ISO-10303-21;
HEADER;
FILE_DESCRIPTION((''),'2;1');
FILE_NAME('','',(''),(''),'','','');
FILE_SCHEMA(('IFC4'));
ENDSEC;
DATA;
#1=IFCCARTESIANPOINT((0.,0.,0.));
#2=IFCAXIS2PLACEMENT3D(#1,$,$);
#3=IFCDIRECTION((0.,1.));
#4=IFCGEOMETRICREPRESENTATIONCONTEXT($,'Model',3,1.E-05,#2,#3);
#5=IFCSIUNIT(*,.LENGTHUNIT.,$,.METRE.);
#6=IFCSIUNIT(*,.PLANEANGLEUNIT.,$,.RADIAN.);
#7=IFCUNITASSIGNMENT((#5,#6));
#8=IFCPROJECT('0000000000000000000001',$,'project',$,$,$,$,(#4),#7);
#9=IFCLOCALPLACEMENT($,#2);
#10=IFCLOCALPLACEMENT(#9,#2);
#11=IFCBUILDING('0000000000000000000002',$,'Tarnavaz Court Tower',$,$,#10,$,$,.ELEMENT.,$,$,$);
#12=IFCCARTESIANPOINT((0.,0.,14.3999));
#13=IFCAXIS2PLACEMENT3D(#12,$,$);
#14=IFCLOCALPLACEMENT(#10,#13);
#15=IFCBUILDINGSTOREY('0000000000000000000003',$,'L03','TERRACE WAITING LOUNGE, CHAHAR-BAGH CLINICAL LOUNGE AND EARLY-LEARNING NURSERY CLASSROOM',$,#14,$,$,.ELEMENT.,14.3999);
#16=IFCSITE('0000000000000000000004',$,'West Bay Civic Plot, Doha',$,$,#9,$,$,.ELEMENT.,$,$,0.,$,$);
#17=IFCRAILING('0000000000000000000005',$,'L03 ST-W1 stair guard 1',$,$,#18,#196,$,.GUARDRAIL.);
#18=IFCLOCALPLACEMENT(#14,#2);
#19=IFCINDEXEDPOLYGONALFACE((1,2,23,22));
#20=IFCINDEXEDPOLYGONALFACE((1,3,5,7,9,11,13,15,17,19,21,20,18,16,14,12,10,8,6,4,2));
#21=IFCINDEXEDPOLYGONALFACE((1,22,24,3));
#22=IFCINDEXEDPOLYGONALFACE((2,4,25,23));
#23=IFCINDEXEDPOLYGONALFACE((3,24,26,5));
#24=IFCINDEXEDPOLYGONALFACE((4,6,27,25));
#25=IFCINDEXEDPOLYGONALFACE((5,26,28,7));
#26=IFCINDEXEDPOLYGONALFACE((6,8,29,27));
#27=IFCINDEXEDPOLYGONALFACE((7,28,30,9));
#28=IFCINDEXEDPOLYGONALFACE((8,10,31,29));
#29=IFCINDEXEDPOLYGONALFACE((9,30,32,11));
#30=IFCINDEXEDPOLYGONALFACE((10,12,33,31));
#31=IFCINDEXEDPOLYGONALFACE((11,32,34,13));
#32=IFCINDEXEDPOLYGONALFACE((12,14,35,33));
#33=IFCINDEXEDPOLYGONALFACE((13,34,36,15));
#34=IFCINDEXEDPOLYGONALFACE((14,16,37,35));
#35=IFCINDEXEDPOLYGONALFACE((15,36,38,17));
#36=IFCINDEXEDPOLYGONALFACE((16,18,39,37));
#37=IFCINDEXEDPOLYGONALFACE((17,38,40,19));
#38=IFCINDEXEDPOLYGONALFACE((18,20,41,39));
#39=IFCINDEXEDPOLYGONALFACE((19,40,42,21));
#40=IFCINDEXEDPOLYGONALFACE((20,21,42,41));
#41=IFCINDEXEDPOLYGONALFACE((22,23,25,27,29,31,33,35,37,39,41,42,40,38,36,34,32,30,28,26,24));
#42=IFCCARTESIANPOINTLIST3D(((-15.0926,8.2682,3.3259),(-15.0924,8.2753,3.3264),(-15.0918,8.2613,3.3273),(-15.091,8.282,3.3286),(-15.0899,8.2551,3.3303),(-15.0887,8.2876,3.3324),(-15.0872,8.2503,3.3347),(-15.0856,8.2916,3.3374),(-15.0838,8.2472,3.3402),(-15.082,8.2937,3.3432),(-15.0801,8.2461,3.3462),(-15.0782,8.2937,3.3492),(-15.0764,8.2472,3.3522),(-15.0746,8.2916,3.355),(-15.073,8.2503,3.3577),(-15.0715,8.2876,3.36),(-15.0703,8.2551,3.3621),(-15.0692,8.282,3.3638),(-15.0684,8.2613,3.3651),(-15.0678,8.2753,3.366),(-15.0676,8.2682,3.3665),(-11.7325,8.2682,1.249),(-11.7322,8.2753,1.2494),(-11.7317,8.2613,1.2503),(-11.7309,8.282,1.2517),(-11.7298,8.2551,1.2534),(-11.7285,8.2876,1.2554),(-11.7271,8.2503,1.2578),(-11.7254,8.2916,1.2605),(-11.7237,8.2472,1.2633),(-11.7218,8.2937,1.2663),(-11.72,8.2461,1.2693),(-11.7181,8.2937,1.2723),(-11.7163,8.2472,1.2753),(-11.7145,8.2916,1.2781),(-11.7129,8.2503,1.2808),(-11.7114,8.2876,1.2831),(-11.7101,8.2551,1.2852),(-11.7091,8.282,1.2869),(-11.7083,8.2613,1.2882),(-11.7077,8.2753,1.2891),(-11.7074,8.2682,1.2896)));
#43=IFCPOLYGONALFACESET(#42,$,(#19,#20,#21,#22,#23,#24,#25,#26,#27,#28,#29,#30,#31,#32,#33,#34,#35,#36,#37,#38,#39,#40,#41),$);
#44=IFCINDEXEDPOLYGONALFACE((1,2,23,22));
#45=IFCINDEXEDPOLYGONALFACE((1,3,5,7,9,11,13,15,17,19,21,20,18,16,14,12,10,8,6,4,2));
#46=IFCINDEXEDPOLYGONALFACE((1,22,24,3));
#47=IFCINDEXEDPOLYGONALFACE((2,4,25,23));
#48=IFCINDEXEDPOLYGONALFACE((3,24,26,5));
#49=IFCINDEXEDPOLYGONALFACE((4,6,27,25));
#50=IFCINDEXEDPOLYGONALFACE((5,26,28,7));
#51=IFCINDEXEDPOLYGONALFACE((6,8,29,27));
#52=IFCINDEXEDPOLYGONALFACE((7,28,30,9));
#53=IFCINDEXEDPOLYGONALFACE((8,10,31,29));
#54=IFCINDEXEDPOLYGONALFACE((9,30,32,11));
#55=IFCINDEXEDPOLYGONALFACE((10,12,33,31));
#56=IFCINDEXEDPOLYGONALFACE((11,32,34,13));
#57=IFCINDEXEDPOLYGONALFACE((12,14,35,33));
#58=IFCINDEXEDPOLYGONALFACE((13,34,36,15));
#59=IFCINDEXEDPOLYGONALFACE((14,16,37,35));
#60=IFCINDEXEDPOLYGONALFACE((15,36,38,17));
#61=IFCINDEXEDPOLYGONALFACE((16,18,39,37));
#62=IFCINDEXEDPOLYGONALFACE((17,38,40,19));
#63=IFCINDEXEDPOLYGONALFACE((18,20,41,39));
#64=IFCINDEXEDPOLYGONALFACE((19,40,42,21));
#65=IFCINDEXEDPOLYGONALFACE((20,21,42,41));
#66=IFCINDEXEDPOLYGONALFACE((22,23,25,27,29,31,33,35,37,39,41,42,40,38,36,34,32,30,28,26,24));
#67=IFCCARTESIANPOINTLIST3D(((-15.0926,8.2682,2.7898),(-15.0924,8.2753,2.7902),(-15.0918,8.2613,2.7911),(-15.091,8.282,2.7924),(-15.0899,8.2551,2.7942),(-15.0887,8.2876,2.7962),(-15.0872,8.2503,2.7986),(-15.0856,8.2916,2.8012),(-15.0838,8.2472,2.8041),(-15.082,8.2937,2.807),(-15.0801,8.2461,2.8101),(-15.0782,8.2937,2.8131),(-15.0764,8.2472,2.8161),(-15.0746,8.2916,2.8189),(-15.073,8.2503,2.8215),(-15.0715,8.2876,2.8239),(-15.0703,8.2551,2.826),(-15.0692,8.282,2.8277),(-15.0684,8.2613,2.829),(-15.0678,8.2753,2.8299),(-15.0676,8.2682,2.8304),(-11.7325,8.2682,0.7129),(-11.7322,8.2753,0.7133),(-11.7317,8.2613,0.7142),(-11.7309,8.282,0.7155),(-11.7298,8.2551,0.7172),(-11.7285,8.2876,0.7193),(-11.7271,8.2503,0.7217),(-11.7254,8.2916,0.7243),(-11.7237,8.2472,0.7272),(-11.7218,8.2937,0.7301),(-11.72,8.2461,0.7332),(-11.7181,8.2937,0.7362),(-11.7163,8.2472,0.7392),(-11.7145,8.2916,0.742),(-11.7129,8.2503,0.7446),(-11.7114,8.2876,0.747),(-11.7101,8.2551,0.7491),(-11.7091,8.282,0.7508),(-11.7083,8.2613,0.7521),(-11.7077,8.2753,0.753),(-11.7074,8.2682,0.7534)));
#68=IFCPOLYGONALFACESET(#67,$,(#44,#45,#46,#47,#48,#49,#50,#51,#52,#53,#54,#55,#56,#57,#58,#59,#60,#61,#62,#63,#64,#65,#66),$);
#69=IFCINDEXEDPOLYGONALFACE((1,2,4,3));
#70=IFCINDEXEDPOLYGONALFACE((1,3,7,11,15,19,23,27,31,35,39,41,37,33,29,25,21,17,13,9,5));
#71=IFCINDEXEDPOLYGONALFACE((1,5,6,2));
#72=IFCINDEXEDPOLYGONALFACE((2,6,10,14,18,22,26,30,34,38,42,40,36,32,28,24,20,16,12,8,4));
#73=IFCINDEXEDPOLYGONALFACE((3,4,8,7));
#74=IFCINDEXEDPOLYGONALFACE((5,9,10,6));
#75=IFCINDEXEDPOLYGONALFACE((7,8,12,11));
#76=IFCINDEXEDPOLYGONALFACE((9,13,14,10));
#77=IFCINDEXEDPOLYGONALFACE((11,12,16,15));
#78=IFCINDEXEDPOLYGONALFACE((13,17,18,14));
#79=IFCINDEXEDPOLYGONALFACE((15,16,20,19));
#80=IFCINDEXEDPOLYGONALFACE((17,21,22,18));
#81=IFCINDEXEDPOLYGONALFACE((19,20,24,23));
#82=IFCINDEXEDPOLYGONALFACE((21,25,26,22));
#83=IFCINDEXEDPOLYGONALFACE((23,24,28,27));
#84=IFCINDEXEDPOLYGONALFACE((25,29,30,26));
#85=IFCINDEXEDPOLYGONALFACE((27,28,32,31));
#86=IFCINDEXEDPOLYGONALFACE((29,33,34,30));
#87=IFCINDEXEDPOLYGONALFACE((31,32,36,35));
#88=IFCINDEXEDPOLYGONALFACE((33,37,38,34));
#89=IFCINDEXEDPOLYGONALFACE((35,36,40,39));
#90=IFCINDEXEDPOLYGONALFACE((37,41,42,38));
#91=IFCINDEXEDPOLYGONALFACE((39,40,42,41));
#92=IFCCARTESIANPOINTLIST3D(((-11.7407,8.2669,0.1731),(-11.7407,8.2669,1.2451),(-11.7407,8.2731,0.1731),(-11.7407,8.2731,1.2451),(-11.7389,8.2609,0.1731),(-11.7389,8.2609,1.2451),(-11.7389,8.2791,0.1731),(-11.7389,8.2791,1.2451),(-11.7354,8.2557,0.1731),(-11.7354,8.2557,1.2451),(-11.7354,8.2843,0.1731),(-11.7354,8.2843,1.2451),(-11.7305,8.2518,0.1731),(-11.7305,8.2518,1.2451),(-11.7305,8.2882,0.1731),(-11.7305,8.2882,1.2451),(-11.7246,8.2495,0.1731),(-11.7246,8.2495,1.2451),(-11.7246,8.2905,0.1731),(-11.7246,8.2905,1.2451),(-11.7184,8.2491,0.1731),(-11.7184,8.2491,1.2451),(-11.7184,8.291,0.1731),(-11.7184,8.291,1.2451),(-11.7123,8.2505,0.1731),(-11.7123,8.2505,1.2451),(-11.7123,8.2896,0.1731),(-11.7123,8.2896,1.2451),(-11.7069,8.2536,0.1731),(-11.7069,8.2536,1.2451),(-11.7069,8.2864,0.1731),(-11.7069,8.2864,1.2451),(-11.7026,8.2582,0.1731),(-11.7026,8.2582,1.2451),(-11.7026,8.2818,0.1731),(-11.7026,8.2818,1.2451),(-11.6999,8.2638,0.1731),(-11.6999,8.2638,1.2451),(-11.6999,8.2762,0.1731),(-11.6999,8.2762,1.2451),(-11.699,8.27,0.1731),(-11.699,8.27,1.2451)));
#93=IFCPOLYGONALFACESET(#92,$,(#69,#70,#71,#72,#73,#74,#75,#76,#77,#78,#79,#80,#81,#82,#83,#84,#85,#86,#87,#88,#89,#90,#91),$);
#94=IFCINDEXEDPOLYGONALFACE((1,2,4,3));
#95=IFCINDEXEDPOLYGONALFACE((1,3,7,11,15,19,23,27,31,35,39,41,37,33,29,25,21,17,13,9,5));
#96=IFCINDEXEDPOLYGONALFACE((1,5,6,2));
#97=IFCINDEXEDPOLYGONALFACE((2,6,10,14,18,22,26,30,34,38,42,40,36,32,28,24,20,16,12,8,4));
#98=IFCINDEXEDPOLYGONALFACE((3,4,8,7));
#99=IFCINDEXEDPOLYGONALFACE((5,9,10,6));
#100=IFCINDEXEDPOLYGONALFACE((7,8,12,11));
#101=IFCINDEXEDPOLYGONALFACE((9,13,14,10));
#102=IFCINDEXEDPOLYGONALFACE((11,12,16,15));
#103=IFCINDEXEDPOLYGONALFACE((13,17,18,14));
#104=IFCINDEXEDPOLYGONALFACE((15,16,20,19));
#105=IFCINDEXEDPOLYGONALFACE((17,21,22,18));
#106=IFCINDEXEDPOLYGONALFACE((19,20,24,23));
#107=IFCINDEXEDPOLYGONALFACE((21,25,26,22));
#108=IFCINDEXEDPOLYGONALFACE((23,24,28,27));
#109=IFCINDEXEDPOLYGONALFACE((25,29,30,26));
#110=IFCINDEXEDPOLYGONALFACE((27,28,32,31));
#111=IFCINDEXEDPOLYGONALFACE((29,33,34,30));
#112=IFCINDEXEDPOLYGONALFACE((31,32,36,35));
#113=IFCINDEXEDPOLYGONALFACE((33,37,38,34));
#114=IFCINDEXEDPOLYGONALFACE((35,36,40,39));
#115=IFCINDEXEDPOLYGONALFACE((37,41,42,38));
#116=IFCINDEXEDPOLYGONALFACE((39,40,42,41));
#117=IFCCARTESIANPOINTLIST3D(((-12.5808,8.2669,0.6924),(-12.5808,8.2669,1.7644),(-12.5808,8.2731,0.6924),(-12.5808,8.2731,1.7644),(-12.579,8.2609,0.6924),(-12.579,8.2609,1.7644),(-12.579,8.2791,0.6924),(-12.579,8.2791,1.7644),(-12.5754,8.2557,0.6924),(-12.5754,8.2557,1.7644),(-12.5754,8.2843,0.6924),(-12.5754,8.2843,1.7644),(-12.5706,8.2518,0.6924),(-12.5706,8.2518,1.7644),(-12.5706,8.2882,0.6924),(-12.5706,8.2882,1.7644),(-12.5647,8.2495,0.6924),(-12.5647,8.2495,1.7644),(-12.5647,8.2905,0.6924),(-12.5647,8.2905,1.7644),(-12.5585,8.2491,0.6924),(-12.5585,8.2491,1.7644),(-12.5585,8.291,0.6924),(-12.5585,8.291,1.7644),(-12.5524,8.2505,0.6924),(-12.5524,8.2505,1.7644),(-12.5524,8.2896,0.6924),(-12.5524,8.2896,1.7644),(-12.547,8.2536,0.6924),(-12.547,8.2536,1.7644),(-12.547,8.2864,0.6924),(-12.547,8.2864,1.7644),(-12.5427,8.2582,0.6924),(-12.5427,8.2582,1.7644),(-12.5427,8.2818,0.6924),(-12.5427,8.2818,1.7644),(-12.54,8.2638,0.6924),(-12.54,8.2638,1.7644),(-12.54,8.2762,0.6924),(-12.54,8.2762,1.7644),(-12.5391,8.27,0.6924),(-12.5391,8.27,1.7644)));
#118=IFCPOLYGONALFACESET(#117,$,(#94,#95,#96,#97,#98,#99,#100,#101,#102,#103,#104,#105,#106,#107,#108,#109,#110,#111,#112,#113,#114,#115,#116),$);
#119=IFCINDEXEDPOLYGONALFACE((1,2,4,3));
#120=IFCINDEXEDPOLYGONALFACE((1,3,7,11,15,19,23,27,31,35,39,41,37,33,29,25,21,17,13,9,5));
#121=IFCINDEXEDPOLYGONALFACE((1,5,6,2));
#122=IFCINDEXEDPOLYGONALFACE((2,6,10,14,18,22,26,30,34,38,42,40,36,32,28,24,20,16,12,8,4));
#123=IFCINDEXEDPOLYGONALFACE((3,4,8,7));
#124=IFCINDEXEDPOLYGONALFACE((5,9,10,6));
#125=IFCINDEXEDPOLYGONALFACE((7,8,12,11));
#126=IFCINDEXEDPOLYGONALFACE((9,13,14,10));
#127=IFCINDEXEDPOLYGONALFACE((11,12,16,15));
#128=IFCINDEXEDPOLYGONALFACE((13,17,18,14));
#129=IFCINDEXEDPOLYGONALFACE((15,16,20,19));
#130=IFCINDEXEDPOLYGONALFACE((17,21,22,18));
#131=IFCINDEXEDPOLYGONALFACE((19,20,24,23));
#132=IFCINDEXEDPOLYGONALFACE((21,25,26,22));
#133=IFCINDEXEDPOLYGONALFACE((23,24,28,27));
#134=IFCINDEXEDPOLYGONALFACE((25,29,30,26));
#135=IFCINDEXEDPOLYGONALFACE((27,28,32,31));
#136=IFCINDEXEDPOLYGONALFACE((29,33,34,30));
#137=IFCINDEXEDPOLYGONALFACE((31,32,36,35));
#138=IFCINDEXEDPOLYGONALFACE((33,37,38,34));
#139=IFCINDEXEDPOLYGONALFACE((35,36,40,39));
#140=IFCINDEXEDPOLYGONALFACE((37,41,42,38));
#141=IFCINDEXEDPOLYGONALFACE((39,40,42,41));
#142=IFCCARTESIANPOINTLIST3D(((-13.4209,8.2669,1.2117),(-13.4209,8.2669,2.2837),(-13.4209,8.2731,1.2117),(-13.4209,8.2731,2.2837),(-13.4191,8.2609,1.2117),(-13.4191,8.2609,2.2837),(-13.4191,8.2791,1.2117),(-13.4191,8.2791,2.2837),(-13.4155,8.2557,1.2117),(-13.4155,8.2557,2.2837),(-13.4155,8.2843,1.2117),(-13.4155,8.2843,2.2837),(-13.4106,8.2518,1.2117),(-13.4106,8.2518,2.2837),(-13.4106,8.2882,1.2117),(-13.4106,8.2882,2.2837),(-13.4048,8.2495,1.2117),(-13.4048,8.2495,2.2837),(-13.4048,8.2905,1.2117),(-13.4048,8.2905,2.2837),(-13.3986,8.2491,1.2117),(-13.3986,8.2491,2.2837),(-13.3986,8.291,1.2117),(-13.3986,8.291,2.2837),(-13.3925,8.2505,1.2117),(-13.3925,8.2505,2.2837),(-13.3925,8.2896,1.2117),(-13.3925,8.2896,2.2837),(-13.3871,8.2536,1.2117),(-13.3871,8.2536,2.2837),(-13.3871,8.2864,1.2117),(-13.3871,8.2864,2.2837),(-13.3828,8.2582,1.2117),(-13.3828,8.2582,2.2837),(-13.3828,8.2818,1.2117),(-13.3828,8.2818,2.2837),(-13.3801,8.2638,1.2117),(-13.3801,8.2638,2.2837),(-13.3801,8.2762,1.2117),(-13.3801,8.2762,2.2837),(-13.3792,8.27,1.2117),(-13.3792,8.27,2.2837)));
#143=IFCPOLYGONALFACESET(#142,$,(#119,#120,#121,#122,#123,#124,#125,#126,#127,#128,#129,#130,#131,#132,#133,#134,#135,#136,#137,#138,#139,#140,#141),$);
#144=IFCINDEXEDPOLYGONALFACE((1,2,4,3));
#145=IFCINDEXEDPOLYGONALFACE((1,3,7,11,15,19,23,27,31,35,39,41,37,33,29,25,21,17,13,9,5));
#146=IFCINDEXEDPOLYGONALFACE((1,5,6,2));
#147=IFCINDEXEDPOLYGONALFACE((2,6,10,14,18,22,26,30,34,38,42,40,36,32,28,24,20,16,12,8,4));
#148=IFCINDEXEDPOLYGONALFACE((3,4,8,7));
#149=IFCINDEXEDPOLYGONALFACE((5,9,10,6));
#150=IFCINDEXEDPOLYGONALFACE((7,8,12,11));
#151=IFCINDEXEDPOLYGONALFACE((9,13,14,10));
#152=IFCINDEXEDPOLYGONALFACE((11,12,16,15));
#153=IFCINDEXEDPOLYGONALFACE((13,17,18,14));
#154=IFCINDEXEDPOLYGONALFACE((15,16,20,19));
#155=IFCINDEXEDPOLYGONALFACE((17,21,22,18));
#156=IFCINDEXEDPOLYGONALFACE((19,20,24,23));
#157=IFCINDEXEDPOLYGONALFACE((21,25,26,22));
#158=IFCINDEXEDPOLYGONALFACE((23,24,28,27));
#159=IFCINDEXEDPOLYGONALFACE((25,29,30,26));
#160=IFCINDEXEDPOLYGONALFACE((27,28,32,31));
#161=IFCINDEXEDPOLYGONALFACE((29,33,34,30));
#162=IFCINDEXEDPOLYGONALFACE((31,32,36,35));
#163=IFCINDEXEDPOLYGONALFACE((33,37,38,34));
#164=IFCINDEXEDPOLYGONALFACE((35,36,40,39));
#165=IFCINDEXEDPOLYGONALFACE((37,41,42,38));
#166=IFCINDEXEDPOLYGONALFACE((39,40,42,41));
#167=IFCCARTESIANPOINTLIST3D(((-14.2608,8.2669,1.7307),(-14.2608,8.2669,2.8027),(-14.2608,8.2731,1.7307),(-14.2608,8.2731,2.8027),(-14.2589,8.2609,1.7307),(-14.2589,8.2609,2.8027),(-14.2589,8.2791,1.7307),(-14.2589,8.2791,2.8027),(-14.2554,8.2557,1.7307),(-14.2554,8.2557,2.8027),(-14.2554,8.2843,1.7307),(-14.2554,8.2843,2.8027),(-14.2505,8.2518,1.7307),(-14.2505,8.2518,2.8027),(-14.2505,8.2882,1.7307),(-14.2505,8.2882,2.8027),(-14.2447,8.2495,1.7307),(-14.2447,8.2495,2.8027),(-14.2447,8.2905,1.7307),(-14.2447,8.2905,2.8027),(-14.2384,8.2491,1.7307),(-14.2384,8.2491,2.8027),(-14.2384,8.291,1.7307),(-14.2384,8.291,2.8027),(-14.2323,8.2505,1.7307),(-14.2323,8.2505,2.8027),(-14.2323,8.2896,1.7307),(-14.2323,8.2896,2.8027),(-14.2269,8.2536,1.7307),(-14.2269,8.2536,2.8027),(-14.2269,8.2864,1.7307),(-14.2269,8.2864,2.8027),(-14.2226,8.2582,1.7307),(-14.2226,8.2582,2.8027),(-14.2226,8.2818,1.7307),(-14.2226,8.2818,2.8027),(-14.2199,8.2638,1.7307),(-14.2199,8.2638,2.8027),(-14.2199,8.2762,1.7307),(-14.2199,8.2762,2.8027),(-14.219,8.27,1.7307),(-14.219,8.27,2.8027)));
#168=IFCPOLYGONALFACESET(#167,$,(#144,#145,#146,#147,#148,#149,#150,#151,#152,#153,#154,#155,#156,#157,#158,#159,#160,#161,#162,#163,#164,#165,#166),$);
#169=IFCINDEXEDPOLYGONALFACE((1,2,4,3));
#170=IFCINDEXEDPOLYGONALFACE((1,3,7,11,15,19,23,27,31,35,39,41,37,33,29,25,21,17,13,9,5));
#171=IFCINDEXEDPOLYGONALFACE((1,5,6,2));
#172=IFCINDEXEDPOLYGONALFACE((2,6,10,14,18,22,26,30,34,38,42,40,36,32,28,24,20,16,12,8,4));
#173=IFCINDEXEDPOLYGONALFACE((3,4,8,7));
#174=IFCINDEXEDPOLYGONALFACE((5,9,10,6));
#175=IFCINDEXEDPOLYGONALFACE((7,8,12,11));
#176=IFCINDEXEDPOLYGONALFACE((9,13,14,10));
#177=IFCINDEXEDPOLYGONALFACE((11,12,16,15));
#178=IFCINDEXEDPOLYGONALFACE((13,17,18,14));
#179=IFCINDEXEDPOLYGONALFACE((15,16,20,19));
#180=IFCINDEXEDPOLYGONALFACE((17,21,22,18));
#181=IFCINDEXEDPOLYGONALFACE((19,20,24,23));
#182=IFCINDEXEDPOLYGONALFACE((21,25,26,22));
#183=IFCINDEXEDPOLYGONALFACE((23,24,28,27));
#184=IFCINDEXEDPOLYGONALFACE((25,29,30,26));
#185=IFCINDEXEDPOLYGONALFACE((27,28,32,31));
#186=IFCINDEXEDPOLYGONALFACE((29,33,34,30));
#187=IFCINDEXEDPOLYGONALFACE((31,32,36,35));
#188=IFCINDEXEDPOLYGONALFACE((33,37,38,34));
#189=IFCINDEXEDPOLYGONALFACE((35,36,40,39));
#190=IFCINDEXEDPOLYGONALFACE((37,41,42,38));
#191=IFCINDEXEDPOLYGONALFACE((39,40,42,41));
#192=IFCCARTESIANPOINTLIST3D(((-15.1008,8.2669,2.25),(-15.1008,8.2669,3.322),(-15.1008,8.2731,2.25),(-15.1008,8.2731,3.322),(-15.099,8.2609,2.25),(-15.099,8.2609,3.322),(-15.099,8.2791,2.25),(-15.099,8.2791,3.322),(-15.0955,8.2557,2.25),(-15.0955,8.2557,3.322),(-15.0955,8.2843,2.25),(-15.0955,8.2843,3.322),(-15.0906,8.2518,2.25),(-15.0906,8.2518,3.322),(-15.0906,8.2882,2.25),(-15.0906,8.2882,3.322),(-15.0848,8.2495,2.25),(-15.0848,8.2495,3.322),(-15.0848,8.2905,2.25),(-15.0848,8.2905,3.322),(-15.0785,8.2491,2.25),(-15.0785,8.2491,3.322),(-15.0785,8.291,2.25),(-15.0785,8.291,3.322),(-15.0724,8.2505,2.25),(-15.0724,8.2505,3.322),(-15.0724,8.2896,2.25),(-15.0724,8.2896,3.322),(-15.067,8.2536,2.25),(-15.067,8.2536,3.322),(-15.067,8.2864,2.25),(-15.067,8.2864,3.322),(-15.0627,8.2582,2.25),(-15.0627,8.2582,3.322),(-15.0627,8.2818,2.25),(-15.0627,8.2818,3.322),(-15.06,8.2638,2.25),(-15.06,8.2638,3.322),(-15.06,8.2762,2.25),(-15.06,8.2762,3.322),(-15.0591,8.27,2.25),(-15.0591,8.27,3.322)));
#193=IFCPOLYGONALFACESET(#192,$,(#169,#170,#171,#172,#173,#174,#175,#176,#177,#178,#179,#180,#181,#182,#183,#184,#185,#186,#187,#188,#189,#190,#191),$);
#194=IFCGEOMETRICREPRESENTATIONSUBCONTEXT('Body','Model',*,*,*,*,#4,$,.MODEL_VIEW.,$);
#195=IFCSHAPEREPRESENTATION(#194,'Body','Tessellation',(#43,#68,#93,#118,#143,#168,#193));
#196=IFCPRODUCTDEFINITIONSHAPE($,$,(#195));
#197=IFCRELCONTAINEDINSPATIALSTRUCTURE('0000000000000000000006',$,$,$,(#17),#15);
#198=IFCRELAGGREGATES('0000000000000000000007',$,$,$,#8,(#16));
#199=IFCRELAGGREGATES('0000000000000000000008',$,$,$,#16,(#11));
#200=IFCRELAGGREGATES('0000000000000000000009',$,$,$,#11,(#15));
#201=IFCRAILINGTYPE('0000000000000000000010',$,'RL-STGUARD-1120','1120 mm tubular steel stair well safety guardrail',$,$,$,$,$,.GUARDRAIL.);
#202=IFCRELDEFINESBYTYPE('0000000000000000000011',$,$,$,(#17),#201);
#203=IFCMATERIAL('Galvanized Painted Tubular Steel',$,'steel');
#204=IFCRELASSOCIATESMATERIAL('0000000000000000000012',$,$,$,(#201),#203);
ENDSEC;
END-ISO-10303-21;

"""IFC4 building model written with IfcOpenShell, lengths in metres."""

from ifc_helpers import new_model, si_unit, direction, frame, origin, origin_2d, place, context, subcontext, project, spatial, circle, extrude, material, type_object, element, save


model = new_model("IFC4")

# Units and contexts
model_context = context("Model", 3, precision=1e-05, world=origin(), true_north=direction((0.0, 1.0)))
body_context = subcontext(model_context, "Body", "Model", "MODEL_VIEW")
ifc_project = project(units=[si_unit("LENGTHUNIT", "METRE"), si_unit("PLANEANGLEUNIT", "RADIAN")], contexts=[model_context])

# Site, building, storey
site_placement = place(None, origin())
site = spatial("IfcSite", under=ifc_project, at=site_placement, Name="West Bay Civic Plot, Doha", CompositionType="ELEMENT", RefElevation=0.0)
building_placement = place(site_placement, origin())
building = spatial("IfcBuilding", under=site, at=building_placement, Name="Tarnavaz Court Tower", CompositionType="ELEMENT")
storey_placement = place(building_placement, frame((0.0, 0.0, 14.3999)))
storey = spatial("IfcBuildingStorey", under=building, at=storey_placement, Name="L03", Description="TERRACE WAITING LOUNGE, CHAHAR-BAGH CLINICAL LOUNGE AND EARLY-LEARNING NURSERY CLASSROOM", CompositionType="ELEMENT", Elevation=14.3999)

# Railing
ifc_material_1 = material(Name="Galvanized Painted Tubular Steel", Category="steel")
railing_type_1 = type_object("IfcRailingType", Name="RL-STGUARD-1120", Description="1120 mm tubular steel stair well safety guardrail", PredefinedType="GUARDRAIL", material=ifc_material_1)
railing_1_placement = place(storey_placement, frame((-11.72, 8.27, 0.1731)))
element("IfcRailing", 1, at=railing_1_placement, inside=storey, type_object=railing_type_1, Name="L03 ST-W1 stair guard 1", PredefinedType="GUARDRAIL", context=body_context, shape_type="SweptSolid", body=[
    extrude(circle(Radius=0.0239, at=origin_2d()), frame((0.0, 0.0, 1.0962), z_axis=(-0.850623, 0.0, 0.525776), x_axis=(0.0, -1.0, 0.0)), (0.0, 0.0, 1.0), 3.9502),
    extrude(circle(Radius=0.0239, at=origin_2d()), frame((0.0, 0.0, 0.5601), z_axis=(-0.850623, 0.0, 0.525776), x_axis=(0.0, -1.0, 0.0)), (0.0, 0.0, 1.0), 3.9502),
    extrude(circle(Radius=0.021, at=origin_2d()), origin(), (0.0, 0.0, 1.0), 1.072),
    extrude(circle(Radius=0.021, at=origin_2d()), frame((-0.8401, 0.0, 0.5193)), (0.0, 0.0, 1.0), 1.072),
    extrude(circle(Radius=0.021, at=origin_2d()), frame((-1.6802, 0.0, 1.0386)), (0.0, 0.0, 1.0), 1.072),
    extrude(circle(Radius=0.021, at=origin_2d()), frame((-2.52, 0.0, 1.5576)), (0.0, 0.0, 1.0), 1.072),
    extrude(circle(Radius=0.021, at=origin_2d()), frame((-3.3601, 0.0, 2.0769)), (0.0, 0.0, 1.0), 1.072),
])

save(model, "model.ifc")
